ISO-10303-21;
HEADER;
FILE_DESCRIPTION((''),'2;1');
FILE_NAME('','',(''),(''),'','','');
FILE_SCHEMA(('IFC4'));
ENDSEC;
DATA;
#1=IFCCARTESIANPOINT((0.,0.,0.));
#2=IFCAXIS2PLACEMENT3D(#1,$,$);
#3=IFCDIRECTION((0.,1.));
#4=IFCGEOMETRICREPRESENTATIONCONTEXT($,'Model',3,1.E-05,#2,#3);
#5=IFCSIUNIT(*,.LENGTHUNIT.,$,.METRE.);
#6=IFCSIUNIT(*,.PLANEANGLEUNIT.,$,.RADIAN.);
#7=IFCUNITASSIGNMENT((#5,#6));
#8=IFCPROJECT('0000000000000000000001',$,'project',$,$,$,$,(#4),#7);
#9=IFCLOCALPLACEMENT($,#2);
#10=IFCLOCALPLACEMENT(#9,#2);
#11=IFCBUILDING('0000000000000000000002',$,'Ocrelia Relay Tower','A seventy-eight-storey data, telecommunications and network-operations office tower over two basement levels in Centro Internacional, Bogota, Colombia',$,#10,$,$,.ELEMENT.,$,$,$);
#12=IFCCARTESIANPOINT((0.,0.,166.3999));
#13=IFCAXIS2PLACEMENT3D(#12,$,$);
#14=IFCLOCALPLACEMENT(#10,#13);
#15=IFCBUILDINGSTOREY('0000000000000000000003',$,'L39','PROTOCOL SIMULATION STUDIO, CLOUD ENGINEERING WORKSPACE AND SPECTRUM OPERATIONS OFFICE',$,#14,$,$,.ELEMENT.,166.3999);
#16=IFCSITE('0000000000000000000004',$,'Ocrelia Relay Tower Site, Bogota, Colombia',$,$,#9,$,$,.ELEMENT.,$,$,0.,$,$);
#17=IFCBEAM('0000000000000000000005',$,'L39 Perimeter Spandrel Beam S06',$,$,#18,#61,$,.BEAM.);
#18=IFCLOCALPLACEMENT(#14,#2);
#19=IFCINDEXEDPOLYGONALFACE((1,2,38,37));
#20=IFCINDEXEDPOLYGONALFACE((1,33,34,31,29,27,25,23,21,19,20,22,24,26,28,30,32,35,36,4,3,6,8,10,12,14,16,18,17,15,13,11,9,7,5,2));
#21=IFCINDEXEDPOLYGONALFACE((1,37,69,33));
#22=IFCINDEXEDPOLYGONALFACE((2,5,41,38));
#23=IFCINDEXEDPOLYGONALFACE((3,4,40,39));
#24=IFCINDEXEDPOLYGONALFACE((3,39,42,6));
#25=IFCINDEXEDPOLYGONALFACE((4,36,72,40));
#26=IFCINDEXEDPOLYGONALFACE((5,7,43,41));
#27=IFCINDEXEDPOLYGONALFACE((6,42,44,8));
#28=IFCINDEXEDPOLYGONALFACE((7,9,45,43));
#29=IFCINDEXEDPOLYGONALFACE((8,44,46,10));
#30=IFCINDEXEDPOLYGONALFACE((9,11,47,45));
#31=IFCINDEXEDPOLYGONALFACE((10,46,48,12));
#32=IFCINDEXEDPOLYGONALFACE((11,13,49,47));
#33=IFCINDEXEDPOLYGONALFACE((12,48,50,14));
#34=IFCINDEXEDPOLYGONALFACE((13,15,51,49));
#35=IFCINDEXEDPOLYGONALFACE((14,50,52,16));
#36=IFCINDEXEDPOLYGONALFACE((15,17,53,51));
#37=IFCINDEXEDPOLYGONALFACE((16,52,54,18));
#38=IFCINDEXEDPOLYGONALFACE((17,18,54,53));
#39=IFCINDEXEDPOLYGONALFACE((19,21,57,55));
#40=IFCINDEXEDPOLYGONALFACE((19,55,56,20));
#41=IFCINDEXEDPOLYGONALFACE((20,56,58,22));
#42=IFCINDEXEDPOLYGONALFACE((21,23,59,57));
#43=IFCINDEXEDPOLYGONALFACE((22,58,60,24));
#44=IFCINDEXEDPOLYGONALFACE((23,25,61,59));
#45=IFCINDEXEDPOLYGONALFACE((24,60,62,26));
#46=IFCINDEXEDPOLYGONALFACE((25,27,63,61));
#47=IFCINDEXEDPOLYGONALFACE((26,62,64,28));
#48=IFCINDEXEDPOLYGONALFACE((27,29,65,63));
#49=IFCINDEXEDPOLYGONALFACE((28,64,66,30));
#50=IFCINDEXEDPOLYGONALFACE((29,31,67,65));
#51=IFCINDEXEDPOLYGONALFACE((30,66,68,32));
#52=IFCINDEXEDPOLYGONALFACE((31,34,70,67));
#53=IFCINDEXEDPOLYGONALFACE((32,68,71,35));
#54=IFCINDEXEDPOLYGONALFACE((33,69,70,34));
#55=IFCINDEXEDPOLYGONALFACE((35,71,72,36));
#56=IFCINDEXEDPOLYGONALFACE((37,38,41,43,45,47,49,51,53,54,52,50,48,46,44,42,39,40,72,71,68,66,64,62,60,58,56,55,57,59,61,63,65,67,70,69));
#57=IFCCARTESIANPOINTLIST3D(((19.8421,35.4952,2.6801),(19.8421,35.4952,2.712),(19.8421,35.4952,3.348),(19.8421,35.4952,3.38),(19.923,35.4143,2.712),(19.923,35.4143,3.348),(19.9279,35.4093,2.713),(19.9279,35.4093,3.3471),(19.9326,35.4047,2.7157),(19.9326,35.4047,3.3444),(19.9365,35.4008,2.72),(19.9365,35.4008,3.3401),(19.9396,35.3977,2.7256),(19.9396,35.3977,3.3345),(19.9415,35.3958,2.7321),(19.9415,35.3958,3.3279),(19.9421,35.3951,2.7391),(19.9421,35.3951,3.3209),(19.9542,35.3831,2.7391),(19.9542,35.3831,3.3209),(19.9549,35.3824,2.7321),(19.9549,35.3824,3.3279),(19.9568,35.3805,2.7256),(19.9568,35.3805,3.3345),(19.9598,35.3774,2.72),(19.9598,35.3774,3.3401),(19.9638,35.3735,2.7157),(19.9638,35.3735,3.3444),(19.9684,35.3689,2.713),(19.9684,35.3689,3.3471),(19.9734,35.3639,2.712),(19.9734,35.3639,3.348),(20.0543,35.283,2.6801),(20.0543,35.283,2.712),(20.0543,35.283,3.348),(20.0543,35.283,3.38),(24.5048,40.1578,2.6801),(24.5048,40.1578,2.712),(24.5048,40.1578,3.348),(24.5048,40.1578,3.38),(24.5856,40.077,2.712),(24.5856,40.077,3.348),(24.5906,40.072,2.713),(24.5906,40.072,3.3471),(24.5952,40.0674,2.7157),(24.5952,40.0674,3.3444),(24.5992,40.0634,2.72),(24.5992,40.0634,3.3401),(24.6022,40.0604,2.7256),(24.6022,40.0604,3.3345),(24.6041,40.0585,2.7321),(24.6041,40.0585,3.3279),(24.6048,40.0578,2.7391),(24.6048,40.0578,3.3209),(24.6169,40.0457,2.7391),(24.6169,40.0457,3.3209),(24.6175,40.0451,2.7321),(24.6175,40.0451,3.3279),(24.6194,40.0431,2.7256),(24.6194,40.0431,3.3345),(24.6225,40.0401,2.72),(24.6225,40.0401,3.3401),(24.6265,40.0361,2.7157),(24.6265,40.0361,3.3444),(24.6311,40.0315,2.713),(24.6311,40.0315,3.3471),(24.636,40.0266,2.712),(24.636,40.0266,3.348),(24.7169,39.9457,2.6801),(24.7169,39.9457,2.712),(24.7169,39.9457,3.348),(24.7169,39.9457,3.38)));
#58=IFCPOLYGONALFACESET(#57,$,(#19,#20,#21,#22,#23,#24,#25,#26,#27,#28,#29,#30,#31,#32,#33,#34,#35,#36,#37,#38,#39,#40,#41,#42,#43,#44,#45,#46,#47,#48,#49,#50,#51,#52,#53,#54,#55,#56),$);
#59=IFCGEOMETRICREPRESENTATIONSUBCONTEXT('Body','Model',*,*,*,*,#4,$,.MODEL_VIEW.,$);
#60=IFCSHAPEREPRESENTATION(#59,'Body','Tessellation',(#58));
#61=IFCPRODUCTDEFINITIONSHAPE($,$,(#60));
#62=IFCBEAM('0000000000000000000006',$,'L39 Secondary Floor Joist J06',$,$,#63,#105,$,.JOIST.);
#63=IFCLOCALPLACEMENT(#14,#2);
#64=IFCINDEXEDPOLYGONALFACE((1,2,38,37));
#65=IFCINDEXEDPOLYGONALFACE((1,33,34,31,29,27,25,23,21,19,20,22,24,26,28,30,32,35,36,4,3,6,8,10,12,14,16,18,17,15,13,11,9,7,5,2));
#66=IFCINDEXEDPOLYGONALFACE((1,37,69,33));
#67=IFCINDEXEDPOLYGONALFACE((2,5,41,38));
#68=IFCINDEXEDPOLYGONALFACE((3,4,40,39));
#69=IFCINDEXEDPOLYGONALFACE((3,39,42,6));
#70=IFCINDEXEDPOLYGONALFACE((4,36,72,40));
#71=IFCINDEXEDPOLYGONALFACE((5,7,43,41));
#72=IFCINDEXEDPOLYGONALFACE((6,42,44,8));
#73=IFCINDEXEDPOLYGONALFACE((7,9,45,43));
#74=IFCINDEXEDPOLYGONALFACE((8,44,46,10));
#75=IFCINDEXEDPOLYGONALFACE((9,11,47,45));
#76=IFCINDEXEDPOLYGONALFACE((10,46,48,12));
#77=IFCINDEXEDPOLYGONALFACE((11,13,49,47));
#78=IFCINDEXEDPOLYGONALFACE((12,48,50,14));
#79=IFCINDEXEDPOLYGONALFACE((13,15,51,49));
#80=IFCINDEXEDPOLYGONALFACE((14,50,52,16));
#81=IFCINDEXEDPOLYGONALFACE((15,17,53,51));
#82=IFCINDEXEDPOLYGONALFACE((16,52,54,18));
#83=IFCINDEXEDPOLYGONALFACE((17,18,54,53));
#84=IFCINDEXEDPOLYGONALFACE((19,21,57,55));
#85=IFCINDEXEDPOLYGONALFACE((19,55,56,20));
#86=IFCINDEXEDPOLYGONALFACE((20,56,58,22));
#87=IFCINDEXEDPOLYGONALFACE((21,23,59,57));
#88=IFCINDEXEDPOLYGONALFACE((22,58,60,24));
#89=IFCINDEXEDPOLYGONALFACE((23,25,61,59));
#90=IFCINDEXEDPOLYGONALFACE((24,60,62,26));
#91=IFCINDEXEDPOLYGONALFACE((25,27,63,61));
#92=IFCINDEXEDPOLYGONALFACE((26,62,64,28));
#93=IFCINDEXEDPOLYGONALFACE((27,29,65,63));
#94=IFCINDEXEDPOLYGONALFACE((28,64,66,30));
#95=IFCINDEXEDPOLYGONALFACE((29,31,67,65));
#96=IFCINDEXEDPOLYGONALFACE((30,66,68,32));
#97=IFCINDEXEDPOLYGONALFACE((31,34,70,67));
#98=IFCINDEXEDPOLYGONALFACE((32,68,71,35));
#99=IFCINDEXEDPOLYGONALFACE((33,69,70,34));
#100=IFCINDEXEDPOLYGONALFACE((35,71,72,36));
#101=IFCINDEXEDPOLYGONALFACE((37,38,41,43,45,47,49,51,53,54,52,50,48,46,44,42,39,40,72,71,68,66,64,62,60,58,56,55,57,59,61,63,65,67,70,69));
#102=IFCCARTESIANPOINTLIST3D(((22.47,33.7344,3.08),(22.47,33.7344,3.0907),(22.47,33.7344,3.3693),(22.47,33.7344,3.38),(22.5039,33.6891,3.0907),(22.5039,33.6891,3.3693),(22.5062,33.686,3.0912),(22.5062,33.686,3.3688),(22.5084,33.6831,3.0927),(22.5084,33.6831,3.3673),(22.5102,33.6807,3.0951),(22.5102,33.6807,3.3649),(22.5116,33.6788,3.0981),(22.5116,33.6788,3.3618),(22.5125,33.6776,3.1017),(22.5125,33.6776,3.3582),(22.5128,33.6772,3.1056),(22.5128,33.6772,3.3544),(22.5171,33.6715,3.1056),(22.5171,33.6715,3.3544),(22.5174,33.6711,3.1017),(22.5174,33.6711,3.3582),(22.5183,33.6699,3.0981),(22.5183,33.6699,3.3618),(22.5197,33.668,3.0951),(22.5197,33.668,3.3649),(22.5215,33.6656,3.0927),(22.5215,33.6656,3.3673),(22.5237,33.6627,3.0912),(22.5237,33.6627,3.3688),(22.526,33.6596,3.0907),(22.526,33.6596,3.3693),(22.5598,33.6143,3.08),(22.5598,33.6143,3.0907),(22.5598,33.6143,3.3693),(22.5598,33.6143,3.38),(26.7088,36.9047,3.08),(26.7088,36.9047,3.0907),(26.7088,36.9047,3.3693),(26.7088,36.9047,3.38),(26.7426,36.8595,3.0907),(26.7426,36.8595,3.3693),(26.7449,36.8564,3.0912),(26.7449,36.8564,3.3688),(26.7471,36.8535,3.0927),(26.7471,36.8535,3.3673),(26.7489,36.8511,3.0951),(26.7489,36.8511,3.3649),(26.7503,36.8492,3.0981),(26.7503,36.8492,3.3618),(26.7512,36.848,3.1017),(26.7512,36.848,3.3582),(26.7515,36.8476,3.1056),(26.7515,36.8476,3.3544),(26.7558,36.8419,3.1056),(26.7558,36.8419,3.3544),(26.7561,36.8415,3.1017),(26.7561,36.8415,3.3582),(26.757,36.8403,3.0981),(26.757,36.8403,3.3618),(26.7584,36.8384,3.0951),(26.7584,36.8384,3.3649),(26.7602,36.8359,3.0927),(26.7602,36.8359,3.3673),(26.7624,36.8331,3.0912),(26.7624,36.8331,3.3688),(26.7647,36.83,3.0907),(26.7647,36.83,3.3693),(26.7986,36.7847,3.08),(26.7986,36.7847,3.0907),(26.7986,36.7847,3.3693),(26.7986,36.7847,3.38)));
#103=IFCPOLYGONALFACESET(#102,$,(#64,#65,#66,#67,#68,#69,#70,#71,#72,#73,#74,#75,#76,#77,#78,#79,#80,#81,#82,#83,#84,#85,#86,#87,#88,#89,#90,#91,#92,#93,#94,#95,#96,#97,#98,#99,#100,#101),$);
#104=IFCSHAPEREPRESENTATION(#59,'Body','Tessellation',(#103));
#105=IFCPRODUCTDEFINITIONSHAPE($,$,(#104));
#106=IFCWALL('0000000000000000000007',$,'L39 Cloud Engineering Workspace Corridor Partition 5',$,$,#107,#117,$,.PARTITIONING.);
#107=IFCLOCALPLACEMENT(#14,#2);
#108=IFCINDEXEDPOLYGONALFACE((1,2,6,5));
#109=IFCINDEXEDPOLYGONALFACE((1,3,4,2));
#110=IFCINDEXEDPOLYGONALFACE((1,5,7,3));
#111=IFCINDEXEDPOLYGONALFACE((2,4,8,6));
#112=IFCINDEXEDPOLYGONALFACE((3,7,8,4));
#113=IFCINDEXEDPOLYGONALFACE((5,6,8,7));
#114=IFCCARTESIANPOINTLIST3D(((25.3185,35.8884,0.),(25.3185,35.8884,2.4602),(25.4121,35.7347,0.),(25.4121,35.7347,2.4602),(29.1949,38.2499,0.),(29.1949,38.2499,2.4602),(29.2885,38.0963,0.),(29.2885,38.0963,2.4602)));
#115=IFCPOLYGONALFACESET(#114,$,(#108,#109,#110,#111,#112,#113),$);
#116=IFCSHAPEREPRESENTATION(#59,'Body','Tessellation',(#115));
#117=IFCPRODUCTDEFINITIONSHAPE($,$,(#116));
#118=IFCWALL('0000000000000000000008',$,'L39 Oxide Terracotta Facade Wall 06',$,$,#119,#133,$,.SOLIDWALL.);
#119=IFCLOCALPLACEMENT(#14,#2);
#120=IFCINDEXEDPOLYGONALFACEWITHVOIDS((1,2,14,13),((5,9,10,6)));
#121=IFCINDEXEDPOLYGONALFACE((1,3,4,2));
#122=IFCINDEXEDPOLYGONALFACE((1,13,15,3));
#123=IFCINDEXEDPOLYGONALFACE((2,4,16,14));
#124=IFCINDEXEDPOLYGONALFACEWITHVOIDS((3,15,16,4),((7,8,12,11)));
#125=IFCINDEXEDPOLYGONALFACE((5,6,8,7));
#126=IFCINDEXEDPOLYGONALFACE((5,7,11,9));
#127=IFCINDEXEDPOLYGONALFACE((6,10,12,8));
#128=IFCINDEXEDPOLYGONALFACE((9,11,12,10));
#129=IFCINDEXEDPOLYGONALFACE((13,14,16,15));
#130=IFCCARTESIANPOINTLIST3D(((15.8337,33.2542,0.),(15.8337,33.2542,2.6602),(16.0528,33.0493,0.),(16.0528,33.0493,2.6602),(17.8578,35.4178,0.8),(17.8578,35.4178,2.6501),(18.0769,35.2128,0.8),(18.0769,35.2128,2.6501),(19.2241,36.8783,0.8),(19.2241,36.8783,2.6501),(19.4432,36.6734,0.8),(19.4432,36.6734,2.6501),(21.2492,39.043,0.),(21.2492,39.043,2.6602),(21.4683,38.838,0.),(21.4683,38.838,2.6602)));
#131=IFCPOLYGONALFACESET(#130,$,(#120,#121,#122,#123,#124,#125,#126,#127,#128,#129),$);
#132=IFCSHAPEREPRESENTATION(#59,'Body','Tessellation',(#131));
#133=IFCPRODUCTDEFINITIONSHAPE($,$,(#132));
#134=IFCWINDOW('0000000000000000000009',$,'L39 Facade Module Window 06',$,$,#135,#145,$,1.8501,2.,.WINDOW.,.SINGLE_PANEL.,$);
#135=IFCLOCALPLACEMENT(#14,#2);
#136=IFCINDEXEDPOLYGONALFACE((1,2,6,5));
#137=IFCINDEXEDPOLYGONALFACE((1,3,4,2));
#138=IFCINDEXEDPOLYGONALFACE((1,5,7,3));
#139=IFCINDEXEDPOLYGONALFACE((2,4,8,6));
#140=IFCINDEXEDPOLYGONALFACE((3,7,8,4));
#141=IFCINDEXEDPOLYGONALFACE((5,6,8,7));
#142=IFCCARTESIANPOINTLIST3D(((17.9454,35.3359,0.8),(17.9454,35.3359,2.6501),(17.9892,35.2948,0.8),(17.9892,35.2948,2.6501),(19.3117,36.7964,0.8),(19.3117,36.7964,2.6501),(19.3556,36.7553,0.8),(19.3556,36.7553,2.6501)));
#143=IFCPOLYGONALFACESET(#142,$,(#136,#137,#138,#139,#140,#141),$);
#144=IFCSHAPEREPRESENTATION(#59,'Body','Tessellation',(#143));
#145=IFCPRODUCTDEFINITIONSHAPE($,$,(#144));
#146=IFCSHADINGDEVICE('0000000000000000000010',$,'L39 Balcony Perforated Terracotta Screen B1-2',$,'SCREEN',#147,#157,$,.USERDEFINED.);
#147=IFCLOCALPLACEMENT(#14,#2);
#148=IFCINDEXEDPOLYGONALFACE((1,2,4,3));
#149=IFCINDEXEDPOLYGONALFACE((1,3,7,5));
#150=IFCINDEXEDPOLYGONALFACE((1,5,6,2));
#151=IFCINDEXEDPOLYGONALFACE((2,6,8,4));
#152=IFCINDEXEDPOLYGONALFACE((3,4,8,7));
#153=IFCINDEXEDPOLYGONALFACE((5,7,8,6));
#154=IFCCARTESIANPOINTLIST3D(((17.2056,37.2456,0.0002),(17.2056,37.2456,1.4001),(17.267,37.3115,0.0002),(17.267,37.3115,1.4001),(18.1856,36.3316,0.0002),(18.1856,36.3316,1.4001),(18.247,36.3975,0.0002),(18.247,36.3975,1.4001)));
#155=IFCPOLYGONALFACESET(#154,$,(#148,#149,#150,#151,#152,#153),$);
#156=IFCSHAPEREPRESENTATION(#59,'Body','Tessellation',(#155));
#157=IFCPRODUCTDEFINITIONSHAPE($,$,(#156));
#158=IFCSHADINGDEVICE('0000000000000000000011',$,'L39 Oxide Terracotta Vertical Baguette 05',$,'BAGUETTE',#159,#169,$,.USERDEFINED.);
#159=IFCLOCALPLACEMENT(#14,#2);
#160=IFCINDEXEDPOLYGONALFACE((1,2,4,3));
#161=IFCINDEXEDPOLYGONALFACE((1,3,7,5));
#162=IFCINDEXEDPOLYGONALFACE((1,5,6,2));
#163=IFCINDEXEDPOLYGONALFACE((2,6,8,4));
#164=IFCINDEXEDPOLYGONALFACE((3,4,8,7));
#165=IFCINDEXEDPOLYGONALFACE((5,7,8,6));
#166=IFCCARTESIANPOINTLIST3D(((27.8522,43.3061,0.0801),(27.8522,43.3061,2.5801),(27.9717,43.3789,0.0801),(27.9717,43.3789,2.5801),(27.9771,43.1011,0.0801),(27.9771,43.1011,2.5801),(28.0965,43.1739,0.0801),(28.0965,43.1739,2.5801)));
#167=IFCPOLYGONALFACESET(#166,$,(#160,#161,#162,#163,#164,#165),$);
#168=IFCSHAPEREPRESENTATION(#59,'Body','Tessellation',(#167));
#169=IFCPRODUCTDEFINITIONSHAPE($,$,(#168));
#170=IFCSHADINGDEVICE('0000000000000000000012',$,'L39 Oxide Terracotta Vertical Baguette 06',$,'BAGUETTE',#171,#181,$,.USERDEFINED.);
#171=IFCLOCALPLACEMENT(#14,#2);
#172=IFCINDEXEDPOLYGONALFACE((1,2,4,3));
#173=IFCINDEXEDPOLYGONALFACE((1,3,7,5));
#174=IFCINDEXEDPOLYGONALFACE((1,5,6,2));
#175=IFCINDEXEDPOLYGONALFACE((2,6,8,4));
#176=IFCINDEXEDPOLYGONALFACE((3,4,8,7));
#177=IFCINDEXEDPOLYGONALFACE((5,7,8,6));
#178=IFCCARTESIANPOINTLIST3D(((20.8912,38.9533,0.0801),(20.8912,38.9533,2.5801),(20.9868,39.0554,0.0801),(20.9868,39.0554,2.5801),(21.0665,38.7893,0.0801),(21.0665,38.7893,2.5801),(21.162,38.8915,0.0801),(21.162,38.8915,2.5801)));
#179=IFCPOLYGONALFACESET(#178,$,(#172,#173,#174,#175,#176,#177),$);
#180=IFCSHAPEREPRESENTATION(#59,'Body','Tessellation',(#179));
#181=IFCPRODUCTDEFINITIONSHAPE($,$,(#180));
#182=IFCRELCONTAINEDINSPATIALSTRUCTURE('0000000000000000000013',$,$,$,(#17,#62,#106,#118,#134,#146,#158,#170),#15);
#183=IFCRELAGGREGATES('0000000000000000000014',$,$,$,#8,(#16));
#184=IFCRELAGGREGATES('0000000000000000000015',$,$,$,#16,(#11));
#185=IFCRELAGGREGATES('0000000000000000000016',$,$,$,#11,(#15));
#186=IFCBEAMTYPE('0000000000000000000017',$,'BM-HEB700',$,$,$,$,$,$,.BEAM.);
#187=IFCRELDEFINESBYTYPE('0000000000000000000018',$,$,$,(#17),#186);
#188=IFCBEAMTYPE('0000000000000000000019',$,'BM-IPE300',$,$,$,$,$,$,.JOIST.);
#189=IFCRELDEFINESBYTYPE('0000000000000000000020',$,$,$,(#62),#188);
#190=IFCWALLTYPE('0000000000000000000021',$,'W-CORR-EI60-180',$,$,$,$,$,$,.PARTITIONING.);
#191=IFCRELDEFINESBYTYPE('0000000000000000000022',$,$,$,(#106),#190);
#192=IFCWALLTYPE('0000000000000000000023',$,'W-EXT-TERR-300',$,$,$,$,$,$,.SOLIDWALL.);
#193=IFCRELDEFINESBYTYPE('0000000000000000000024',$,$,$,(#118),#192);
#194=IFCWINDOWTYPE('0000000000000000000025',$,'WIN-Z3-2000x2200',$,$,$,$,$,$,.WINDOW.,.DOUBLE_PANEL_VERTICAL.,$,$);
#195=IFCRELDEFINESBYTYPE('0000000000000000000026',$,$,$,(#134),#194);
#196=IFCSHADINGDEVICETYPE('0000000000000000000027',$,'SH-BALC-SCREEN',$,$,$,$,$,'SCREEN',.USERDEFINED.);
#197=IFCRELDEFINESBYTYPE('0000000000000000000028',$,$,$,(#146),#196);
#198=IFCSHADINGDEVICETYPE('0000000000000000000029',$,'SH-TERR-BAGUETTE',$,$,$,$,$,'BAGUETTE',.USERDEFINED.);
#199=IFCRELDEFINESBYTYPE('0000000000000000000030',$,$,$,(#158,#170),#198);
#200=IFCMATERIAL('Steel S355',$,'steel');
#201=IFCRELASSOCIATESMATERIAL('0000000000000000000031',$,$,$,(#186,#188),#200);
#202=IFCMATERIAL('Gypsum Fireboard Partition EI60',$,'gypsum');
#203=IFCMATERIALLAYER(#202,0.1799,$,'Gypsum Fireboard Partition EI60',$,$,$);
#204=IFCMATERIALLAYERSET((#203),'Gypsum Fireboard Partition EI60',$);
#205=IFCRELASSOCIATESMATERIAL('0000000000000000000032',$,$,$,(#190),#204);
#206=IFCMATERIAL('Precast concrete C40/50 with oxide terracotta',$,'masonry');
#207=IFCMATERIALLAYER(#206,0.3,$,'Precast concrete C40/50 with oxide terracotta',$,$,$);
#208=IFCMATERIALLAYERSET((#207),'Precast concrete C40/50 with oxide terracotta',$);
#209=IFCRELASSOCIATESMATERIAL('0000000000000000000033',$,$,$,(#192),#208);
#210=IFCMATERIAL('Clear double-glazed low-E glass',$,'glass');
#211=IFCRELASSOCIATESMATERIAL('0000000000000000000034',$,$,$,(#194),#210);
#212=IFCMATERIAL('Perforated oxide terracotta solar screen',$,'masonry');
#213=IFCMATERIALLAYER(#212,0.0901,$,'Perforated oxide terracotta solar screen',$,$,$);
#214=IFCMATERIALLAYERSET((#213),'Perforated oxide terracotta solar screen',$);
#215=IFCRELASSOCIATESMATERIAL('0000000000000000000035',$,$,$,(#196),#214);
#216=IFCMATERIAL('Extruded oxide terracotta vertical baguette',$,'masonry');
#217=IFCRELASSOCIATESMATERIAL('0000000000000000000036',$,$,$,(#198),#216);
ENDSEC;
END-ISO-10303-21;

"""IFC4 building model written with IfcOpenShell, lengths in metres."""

from ifc_helpers import new_model, si_unit, direction, frame, frame_2d, origin, origin_2d, place, context, subcontext, project, spatial, rectangle, i_section, extrude, material, layer, layer_set, material_profile, profile_set, type_object, element, fill, save


model = new_model("IFC4")

# Units and contexts
model_context = context("Model", 3, precision=1e-05, world=origin(), true_north=direction((0.0, 1.0)))
body_context = subcontext(model_context, "Body", "Model", "MODEL_VIEW")
ifc_project = project(units=[si_unit("LENGTHUNIT", "METRE"), si_unit("PLANEANGLEUNIT", "RADIAN")], contexts=[model_context])

# Site, building, storey
site_placement = place(None, origin())
site = spatial("IfcSite", under=ifc_project, at=site_placement, Name="Ocrelia Relay Tower Site, Bogota, Colombia", CompositionType="ELEMENT", RefElevation=0.0)
building_placement = place(site_placement, origin())
building = spatial("IfcBuilding", under=site, at=building_placement, Name="Ocrelia Relay Tower", Description="A seventy-eight-storey data, telecommunications and network-operations office tower over two basement levels in Centro Internacional, Bogota, Colombia", CompositionType="ELEMENT")
storey_placement = place(building_placement, frame((0.0, 0.0, 166.3999)))
storey = spatial("IfcBuildingStorey", under=building, at=storey_placement, Name="L39", Description="PROTOCOL SIMULATION STUDIO, CLOUD ENGINEERING WORKSPACE AND SPECTRUM OPERATIONS OFFICE", CompositionType="ELEMENT", Elevation=166.3999)

# Beams
ifc_material_1 = material(Name="Steel S355", Category="steel")
ifc_material_profile_1 = material_profile(ifc_material_1, i_section(OverallWidth=0.3, OverallDepth=0.7, WebThickness=0.0171, FlangeThickness=0.032, FilletRadius=0.0271, at=origin_2d()), Name="HEB 700")
ifc_profile_set_1 = profile_set([ifc_material_profile_1], Name="Steel S355")
beam_type_1 = type_object("IfcBeamType", Name="BM-HEB700", PredefinedType="BEAM", material=ifc_profile_set_1)
beam_1_placement = place(storey_placement, frame((24.6108, 40.0518, 3.03), z_axis=(-0.707107, -0.707107, 0.0), x_axis=(0.707107, -0.707107, 0.0)))
element("IfcBeam", 1, at=beam_1_placement, inside=storey, type_object=beam_type_1, Name="L39 Perimeter Spandrel Beam S06", PredefinedType="BEAM", context=body_context, shape_type="SweptSolid", body=[
    extrude(i_section(OverallWidth=0.3, OverallDepth=0.7, WebThickness=0.0171, FlangeThickness=0.032, FilletRadius=0.0271, at=origin_2d()), origin(), (0.0, 0.0, 1.0), 6.594),
])
ifc_material_profile_2 = material_profile(ifc_material_1, i_section(OverallWidth=0.1499, OverallDepth=0.3, WebThickness=0.0071, FlangeThickness=0.0107, FilletRadius=0.0149, at=origin_2d()), Name="IPE 300")
ifc_profile_set_2 = profile_set([ifc_material_profile_2], Name="Steel S355")
beam_type_2 = type_object("IfcBeamType", Name="BM-IPE300", PredefinedType="JOIST", material=ifc_profile_set_2)
beam_2_placement = place(storey_placement, frame((26.7537, 36.8447, 3.23), z_axis=(-0.800785, -0.598952, 0.0), x_axis=(0.598952, -0.800785, 0.0)))
element("IfcBeam", 2, at=beam_2_placement, inside=storey, type_object=beam_type_2, Name="L39 Secondary Floor Joist J06", PredefinedType="JOIST", context=body_context, shape_type="SweptSolid", body=[
    extrude(i_section(OverallWidth=0.1499, OverallDepth=0.3, WebThickness=0.0071, FlangeThickness=0.0107, FilletRadius=0.0149, at=origin_2d()), origin(), (0.0, 0.0, 1.0), 5.2932),
])

# Wall
ifc_material_2 = material(Name="Gypsum Fireboard Partition EI60", Category="gypsum")
ifc_layer_1 = layer(ifc_material_2, 0.1799, Name="Gypsum Fireboard Partition EI60")
ifc_layer_set_1 = layer_set([ifc_layer_1], Name="Gypsum Fireboard Partition EI60")
wall_type_1 = type_object("IfcWallType", Name="W-CORR-EI60-180", PredefinedType="PARTITIONING", material=ifc_layer_set_1)
wall_1_placement = place(storey_placement, frame((29.2417, 38.1731, 0.0), z_axis=(0.0, 0.0, 1.0), x_axis=(-0.854004, -0.520266, 0.0)))
element("IfcWall", 3, at=wall_1_placement, inside=storey, type_object=wall_type_1, Name="L39 Cloud Engineering Workspace Corridor Partition 5", PredefinedType="PARTITIONING", context=body_context, shape_type="SweptSolid", body=[
    extrude(rectangle(XDim=4.5391, YDim=0.1799, at=frame_2d((2.2695, 0.0))), origin(), (0.0, 0.0, 1.0), 2.4602),
])

# Shared definitions
ifc_material_3 = material(Name="Precast concrete C40/50 with oxide terracotta", Category="masonry")
ifc_layer_2 = layer(ifc_material_3, 0.3, Name="Precast concrete C40/50 with oxide terracotta")
ifc_layer_set_2 = layer_set([ifc_layer_2], Name="Precast concrete C40/50 with oxide terracotta")
wall_type_2 = type_object("IfcWallType", Name="W-EXT-TERR-300", PredefinedType="SOLIDWALL", material=ifc_layer_set_2)

# Wall, opening, window
wall_2_placement = place(storey_placement, frame((21.3586, 38.9404, 0.0), z_axis=(0.0, 0.0, 1.0), x_axis=(-0.683169, -0.73026, 0.0)))
wall_2 = element("IfcWall", 4, at=wall_2_placement, inside=storey, type_object=wall_type_2, Name="L39 Oxide Terracotta Facade Wall 06", PredefinedType="SOLIDWALL", context=body_context, shape_type="SweptSolid", body=[
    extrude(rectangle(XDim=7.927, YDim=0.3, at=frame_2d((3.9634, 0.0))), origin(), (0.0, 0.0, 1.0), 2.6602),
])
opening_1_placement = place(wall_2_placement, frame((2.9641, 0.0, 0.8)))
opening_1 = element("IfcOpeningElement", 5, at=opening_1_placement, cuts=wall_2, PredefinedType="OPENING", context=body_context, shape_type="SweptSolid", body=[
    extrude(rectangle(XDim=2.0, YDim=1.8501, at=frame_2d((1.0, 0.925))), frame((0.0, 0.1602, 0.0), z_axis=(0.0, -1.0, 0.0), x_axis=(1.0, 0.0, 0.0)), (0.0, 0.0, 1.0), 0.3201),
])
ifc_material_4 = material(Name="Clear double-glazed low-E glass", Category="glass")
window_type = type_object("IfcWindowType", Name="WIN-Z3-2000x2200", PartitioningType="DOUBLE_PANEL_VERTICAL", PredefinedType="WINDOW", material=ifc_material_4)
window_placement = place(opening_1_placement, origin())
window = element("IfcWindow", 6, at=window_placement, inside=storey, type_object=window_type, Name="L39 Facade Module Window 06", OverallHeight=1.8501, OverallWidth=2.0, PartitioningType="SINGLE_PANEL", PredefinedType="WINDOW", context=body_context, shape_type="SweptSolid", body=[
    extrude(rectangle(XDim=2.0, YDim=1.8501, at=frame_2d((1.0, 0.925))), frame((0.0, 0.03, 0.0), z_axis=(0.0, -1.0, 0.0), x_axis=(1.0, 0.0, 0.0)), (0.0, 0.0, 1.0), 0.0601),
])
fill(opening_1, window)

# Shading devices
ifc_material_5 = material(Name="Perforated oxide terracotta solar screen", Category="masonry")
ifc_layer_3 = layer(ifc_material_5, 0.0901, Name="Perforated oxide terracotta solar screen")
ifc_layer_set_3 = layer_set([ifc_layer_3], Name="Perforated oxide terracotta solar screen")
shading_device_type_1 = type_object("IfcShadingDeviceType", Name="SH-BALC-SCREEN", ElementType="SCREEN", PredefinedType="USERDEFINED", material=ifc_layer_set_3)
shading_device_1_placement = place(storey_placement, frame((17.7263, 36.8215, 0.0002), z_axis=(0.0, 0.0, 1.0), x_axis=(-0.731294, 0.682063, 0.0)))
element("IfcShadingDevice", 7, at=shading_device_1_placement, inside=storey, type_object=shading_device_type_1, Name="L39 Balcony Perforated Terracotta Screen B1-2", ObjectType="SCREEN", PredefinedType="USERDEFINED", context=body_context, shape_type="SweptSolid", body=[
    extrude(rectangle(XDim=1.3401, YDim=0.0901, at=origin_2d()), origin(), (0.0, 0.0, 1.0), 1.3999),
])
ifc_material_6 = material(Name="Extruded oxide terracotta vertical baguette", Category="masonry")
shading_device_type_2 = type_object("IfcShadingDeviceType", Name="SH-TERR-BAGUETTE", ElementType="BAGUETTE", PredefinedType="USERDEFINED", material=ifc_material_6)
for number, where, z_axis, x_axis, name in (
    (8, (27.9744, 43.24, 0.0801), (0.0, 0.0, 1.0), (-0.854003, -0.520267, 0.0), "L39 Oxide Terracotta Vertical Baguette 05"),
    (9, (21.0266, 38.9224, 0.0801), (0.0, 0.0, 1.0), (-0.683169, -0.730261, 0.0), "L39 Oxide Terracotta Vertical Baguette 06"),
):
    element("IfcShadingDevice", number, at=place(storey_placement, frame(where, z_axis=z_axis, x_axis=x_axis)), inside=storey, type_object=shading_device_type_2, Name=name, ObjectType="BAGUETTE", PredefinedType="USERDEFINED", context=body_context, shape_type="SweptSolid", body=[
        extrude(rectangle(XDim=0.1399, YDim=0.24, at=origin_2d()), origin(), (0.0, 0.0, 1.0), 2.5),
    ])

save(model, "model.ifc")
